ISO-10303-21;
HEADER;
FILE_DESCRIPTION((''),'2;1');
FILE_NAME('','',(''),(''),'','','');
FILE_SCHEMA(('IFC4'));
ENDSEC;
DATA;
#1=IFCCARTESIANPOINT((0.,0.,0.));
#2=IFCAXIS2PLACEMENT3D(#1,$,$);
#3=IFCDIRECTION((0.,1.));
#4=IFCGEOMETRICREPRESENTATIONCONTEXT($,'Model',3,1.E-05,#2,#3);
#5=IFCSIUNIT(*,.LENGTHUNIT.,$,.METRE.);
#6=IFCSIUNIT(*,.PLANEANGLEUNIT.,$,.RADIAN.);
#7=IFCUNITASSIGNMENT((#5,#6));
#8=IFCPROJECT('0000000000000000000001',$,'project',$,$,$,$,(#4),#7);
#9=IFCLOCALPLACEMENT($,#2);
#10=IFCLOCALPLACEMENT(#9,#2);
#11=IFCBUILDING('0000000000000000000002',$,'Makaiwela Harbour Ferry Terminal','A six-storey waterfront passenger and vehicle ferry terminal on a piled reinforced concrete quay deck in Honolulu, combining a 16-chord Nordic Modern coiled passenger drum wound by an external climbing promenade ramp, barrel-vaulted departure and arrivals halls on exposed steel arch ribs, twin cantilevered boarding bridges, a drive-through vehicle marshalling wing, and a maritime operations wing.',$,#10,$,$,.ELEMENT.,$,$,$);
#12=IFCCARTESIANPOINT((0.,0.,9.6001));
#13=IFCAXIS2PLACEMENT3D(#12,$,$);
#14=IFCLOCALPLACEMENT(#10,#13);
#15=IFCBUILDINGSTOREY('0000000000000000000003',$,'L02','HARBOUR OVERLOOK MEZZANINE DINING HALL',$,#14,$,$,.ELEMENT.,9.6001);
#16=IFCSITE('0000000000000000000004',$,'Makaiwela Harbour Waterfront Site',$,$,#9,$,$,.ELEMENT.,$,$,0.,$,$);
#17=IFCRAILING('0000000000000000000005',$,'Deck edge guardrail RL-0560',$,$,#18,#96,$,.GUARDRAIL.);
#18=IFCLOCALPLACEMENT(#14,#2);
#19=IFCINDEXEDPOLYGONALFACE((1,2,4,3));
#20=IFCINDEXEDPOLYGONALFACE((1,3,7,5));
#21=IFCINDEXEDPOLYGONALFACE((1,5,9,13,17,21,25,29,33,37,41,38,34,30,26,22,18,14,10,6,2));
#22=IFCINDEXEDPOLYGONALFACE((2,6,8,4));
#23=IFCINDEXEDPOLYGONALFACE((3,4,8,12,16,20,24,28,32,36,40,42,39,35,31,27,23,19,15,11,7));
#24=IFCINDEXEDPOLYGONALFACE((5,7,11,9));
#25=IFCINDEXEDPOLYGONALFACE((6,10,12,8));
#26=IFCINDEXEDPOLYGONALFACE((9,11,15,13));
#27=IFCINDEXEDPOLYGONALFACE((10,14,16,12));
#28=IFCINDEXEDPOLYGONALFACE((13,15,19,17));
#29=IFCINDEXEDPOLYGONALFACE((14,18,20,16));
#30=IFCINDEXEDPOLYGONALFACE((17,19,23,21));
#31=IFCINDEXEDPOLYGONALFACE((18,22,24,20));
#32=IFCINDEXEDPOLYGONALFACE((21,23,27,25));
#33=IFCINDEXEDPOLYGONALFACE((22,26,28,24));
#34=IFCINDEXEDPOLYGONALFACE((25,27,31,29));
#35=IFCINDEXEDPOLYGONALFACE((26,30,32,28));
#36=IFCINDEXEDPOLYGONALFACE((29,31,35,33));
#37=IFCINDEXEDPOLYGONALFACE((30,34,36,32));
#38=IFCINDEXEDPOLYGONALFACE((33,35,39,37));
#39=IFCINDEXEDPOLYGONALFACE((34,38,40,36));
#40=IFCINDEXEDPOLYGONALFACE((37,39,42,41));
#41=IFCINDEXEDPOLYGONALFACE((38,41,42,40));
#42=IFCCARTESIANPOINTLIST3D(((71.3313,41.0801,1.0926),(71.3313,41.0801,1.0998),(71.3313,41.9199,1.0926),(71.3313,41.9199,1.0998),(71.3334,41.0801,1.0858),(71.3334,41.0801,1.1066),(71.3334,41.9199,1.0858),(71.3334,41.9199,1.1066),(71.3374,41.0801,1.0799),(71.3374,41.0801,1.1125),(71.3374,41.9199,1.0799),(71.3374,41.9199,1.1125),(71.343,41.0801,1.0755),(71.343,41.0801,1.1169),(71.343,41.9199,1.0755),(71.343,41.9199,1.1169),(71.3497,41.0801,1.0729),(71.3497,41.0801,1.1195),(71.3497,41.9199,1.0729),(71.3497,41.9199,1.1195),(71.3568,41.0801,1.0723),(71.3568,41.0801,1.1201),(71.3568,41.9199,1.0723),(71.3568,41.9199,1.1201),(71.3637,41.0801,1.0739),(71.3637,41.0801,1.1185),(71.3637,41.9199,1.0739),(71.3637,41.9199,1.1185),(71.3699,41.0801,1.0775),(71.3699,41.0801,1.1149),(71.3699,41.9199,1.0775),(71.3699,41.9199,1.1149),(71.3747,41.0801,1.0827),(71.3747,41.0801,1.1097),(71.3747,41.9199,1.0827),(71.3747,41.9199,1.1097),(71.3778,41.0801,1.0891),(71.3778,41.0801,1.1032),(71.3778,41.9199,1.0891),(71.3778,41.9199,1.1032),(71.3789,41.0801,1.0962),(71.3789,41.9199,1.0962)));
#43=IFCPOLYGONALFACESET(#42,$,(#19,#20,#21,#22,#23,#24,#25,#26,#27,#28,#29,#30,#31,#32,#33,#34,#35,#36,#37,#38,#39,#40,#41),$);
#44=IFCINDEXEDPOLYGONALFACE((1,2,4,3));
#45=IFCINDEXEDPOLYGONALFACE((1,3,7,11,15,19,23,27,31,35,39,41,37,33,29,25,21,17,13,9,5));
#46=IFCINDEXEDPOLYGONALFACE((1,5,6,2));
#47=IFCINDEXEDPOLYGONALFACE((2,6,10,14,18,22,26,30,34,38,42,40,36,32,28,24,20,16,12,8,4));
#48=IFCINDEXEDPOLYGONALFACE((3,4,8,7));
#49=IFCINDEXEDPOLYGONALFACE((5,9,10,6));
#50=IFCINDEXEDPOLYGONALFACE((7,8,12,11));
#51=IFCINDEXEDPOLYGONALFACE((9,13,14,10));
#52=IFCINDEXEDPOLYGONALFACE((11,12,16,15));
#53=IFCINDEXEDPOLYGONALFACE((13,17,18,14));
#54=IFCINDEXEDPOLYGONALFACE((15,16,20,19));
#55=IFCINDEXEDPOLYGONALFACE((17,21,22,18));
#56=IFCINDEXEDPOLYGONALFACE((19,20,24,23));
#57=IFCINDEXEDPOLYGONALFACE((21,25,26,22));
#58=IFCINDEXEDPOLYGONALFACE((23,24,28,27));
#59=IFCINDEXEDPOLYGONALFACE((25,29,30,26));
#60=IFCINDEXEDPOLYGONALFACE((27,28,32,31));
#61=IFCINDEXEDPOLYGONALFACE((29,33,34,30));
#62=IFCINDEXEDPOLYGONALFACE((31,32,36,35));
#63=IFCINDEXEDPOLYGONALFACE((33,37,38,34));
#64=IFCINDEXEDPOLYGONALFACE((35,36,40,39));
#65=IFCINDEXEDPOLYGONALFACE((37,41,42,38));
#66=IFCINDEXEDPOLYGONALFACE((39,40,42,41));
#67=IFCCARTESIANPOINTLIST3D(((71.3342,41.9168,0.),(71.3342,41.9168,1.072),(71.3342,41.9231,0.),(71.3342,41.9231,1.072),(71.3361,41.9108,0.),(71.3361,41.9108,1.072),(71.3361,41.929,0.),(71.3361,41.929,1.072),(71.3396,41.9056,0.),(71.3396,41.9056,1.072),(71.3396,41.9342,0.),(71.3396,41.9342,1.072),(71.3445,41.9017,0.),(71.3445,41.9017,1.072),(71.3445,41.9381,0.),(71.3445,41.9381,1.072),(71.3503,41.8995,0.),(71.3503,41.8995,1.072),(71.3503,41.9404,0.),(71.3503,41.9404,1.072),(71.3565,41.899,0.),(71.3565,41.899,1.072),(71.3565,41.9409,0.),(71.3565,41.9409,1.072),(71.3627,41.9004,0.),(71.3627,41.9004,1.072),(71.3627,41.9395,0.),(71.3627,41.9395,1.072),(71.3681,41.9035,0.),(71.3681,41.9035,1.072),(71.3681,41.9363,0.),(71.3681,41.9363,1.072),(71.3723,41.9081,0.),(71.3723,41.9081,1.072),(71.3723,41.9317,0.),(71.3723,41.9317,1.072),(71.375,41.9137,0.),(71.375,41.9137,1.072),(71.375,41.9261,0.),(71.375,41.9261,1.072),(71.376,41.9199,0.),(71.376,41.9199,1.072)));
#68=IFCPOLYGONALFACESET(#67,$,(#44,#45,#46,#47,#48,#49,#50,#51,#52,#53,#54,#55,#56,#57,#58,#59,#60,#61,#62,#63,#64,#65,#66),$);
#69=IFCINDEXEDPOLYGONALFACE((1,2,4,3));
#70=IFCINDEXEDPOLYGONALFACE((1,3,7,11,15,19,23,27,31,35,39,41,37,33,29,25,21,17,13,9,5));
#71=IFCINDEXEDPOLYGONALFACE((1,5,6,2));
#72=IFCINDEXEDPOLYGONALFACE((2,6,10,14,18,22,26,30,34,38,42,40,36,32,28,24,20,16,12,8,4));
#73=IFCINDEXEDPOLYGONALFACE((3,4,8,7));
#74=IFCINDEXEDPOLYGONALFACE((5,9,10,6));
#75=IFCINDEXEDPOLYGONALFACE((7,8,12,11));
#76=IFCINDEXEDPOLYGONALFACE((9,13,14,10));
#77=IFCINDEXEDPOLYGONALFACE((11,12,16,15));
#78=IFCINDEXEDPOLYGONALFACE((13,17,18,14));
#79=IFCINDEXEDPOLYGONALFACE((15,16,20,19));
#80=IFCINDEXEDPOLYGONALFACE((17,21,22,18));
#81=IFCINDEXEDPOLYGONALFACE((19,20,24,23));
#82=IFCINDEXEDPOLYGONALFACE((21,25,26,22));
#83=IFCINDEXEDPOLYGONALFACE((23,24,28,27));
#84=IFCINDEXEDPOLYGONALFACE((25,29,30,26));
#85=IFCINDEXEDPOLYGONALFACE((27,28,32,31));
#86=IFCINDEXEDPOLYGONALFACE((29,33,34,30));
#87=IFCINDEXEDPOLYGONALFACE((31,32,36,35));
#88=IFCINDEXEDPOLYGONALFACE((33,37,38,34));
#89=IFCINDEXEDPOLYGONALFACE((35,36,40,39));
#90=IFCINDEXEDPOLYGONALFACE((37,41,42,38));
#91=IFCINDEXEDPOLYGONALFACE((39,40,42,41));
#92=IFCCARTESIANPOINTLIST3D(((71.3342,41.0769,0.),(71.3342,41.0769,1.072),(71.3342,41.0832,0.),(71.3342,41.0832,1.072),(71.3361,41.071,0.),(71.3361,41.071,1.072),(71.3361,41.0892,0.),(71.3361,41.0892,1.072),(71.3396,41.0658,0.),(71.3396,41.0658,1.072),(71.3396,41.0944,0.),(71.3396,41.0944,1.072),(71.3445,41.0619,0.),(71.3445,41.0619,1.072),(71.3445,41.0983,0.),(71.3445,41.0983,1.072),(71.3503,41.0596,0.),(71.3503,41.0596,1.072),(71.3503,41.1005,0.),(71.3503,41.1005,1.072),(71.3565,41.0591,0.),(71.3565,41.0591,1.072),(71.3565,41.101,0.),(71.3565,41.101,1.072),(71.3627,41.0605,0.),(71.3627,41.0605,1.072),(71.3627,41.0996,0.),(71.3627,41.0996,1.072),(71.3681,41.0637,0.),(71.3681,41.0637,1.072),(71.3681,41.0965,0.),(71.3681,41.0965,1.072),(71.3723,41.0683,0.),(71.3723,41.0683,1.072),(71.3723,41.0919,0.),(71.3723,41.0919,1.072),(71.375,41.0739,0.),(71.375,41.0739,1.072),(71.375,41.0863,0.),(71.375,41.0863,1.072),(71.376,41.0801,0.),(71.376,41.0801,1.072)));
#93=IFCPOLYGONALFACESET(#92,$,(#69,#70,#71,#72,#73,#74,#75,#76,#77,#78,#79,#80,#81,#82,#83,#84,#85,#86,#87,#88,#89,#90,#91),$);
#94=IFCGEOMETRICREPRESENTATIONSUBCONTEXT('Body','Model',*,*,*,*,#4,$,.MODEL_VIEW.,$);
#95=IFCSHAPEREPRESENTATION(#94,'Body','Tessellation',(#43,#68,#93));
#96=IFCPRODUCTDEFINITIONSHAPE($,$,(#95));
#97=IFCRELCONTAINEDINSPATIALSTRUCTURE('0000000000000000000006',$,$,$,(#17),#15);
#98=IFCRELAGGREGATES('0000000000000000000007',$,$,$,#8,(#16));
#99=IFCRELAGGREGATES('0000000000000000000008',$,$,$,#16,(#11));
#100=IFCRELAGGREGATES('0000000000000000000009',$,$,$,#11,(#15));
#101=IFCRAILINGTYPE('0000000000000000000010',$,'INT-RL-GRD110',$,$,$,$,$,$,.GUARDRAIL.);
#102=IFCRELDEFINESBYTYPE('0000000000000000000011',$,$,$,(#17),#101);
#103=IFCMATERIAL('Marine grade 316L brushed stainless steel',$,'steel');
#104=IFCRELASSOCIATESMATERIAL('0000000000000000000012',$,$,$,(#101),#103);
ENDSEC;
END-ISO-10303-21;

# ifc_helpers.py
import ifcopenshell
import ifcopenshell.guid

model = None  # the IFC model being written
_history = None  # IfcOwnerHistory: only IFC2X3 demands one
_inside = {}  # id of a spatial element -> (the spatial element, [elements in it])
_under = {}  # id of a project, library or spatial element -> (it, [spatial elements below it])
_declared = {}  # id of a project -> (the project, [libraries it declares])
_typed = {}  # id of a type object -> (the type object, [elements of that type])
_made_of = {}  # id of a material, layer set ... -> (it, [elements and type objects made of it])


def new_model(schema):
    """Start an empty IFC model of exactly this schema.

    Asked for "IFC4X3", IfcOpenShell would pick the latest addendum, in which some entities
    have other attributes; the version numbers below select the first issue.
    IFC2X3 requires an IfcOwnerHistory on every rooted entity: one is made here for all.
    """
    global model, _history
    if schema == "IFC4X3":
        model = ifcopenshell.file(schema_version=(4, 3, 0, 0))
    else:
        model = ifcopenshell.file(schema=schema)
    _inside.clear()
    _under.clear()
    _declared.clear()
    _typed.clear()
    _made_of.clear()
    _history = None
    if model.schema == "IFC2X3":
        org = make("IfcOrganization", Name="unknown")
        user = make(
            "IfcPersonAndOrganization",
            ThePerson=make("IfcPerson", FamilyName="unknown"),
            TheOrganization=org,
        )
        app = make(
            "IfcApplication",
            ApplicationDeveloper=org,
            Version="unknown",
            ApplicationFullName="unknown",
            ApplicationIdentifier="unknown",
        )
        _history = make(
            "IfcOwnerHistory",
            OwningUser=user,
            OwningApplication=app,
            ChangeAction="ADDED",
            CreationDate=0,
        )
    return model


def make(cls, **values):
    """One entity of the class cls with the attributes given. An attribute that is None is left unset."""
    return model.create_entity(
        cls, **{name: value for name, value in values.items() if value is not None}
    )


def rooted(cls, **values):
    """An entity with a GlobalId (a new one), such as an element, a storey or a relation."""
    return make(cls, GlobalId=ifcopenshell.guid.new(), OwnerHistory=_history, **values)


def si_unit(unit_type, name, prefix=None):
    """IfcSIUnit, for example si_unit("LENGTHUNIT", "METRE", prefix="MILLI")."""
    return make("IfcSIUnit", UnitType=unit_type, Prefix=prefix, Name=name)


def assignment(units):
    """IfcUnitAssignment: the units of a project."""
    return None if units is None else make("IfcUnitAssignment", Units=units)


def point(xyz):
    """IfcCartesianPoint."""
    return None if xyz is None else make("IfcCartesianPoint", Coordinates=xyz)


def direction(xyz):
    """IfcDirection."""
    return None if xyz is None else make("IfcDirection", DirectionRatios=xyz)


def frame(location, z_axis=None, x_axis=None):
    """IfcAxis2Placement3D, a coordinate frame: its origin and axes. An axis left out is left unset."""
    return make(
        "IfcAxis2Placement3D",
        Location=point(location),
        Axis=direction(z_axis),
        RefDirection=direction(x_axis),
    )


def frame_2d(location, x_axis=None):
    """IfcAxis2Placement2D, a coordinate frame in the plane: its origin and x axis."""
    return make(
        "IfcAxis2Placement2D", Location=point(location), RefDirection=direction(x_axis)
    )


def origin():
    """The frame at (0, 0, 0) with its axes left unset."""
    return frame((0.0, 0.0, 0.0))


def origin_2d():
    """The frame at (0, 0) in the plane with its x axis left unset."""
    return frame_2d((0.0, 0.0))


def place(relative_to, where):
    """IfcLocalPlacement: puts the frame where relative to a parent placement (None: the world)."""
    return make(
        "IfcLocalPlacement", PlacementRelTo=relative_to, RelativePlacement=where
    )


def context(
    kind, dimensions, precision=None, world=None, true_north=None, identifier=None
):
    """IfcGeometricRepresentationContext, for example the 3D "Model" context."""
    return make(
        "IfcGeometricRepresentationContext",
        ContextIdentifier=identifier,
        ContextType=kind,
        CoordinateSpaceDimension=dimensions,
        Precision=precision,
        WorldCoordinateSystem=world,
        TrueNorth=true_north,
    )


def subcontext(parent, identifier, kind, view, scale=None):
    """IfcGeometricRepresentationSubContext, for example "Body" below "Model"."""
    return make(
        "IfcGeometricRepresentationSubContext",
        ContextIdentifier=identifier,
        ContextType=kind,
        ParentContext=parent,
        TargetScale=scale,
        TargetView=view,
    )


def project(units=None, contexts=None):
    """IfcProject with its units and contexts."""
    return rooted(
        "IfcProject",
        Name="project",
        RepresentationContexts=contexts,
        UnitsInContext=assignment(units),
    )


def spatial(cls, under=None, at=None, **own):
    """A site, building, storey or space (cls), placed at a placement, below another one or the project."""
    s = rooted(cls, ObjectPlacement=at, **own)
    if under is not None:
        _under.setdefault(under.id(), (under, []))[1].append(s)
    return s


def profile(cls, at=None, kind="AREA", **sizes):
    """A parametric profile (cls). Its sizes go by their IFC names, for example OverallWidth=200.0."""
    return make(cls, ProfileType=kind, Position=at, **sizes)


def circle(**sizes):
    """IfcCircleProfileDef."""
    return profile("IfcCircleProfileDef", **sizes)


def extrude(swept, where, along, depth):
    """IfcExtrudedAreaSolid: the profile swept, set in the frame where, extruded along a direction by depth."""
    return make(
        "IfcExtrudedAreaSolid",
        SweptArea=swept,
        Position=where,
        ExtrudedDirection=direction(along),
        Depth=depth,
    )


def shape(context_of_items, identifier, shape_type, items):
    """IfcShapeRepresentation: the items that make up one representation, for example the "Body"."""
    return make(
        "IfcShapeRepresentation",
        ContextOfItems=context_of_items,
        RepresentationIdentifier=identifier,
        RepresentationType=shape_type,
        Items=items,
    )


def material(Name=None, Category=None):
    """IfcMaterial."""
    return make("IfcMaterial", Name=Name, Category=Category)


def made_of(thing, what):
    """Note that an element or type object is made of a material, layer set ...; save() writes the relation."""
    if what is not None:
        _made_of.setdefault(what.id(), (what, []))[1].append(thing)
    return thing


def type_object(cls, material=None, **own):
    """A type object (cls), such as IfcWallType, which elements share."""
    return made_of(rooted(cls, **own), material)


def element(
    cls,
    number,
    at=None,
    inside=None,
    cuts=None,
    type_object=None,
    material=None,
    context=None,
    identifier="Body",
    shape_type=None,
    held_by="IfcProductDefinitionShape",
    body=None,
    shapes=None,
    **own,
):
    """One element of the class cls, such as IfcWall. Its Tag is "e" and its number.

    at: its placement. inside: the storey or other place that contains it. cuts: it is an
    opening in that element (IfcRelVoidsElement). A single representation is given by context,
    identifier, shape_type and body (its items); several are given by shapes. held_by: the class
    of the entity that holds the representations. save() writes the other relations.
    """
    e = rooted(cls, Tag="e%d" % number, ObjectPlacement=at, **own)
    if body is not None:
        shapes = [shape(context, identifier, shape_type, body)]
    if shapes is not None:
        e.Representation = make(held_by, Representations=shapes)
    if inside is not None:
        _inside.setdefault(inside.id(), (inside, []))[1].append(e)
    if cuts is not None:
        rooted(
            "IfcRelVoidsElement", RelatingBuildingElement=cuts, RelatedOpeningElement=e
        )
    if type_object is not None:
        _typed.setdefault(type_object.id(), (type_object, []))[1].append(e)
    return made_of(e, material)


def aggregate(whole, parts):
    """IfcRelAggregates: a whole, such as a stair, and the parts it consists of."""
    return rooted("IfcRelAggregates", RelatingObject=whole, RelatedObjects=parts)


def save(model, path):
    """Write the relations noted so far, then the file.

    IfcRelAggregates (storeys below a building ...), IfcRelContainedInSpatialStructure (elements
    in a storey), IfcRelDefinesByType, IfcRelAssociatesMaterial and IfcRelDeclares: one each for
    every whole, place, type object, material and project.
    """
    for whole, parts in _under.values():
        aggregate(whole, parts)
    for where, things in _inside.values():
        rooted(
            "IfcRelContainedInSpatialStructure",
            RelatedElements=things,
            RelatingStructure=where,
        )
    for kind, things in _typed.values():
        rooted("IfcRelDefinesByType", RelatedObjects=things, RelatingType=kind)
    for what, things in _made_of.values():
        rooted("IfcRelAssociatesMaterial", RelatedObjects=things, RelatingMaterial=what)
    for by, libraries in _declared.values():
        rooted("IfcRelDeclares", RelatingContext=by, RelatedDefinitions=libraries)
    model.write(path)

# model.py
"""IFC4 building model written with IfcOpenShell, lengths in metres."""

from ifc_helpers import new_model, si_unit, direction, frame, origin, origin_2d, place, context, subcontext, project, spatial, circle, extrude, material, type_object, element, save


model = new_model("IFC4")

# Units and contexts
model_context = context("Model", 3, precision=1e-05, world=origin(), true_north=direction((0.0, 1.0)))
body_context = subcontext(model_context, "Body", "Model", "MODEL_VIEW")
ifc_project = project(units=[si_unit("LENGTHUNIT", "METRE"), si_unit("PLANEANGLEUNIT", "RADIAN")], contexts=[model_context])

# Site, building, storey
site_placement = place(None, origin())
site = spatial("IfcSite", under=ifc_project, at=site_placement, Name="Makaiwela Harbour Waterfront Site", CompositionType="ELEMENT", RefElevation=0.0)
building_placement = place(site_placement, origin())
building = spatial("IfcBuilding", under=site, at=building_placement, Name="Makaiwela Harbour Ferry Terminal", Description="A six-storey waterfront passenger and vehicle ferry terminal on a piled reinforced concrete quay deck in Honolulu, combining a 16-chord Nordic Modern coiled passenger drum wound by an external climbing promenade ramp, barrel-vaulted departure and arrivals halls on exposed steel arch ribs, twin cantilevered boarding bridges, a drive-through vehicle marshalling wing, and a maritime operations wing.", CompositionType="ELEMENT")
storey_placement = place(building_placement, frame((0.0, 0.0, 9.6001)))
storey = spatial("IfcBuildingStorey", under=building, at=storey_placement, Name="L02", Description="HARBOUR OVERLOOK MEZZANINE DINING HALL", CompositionType="ELEMENT", Elevation=9.6001)

# Railing
ifc_material_1 = material(Name="Marine grade 316L brushed stainless steel", Category="steel")
railing_type = type_object("IfcRailingType", Name="INT-RL-GRD110", PredefinedType="GUARDRAIL", material=ifc_material_1)
railing_placement = place(storey_placement, frame((71.355, 41.9199, 0.0)))
element("IfcRailing", 1, at=railing_placement, inside=storey, type_object=railing_type, Name="Deck edge guardrail RL-0560", PredefinedType="GUARDRAIL", context=body_context, shape_type="SweptSolid", body=[
    extrude(circle(Radius=0.0239, at=origin_2d()), frame((0.0, 0.0, 1.0962), z_axis=(0.0, -1.0, 0.0), x_axis=(1.0, 0.0, 0.0)), (0.0, 0.0, 1.0), 0.8398),
    extrude(circle(Radius=0.021, at=origin_2d()), origin(), (0.0, 0.0, 1.0), 1.072),
    extrude(circle(Radius=0.021, at=origin_2d()), frame((0.0, -0.8398, 0.0)), (0.0, 0.0, 1.0), 1.072),
])

save(model, "model.ifc")
